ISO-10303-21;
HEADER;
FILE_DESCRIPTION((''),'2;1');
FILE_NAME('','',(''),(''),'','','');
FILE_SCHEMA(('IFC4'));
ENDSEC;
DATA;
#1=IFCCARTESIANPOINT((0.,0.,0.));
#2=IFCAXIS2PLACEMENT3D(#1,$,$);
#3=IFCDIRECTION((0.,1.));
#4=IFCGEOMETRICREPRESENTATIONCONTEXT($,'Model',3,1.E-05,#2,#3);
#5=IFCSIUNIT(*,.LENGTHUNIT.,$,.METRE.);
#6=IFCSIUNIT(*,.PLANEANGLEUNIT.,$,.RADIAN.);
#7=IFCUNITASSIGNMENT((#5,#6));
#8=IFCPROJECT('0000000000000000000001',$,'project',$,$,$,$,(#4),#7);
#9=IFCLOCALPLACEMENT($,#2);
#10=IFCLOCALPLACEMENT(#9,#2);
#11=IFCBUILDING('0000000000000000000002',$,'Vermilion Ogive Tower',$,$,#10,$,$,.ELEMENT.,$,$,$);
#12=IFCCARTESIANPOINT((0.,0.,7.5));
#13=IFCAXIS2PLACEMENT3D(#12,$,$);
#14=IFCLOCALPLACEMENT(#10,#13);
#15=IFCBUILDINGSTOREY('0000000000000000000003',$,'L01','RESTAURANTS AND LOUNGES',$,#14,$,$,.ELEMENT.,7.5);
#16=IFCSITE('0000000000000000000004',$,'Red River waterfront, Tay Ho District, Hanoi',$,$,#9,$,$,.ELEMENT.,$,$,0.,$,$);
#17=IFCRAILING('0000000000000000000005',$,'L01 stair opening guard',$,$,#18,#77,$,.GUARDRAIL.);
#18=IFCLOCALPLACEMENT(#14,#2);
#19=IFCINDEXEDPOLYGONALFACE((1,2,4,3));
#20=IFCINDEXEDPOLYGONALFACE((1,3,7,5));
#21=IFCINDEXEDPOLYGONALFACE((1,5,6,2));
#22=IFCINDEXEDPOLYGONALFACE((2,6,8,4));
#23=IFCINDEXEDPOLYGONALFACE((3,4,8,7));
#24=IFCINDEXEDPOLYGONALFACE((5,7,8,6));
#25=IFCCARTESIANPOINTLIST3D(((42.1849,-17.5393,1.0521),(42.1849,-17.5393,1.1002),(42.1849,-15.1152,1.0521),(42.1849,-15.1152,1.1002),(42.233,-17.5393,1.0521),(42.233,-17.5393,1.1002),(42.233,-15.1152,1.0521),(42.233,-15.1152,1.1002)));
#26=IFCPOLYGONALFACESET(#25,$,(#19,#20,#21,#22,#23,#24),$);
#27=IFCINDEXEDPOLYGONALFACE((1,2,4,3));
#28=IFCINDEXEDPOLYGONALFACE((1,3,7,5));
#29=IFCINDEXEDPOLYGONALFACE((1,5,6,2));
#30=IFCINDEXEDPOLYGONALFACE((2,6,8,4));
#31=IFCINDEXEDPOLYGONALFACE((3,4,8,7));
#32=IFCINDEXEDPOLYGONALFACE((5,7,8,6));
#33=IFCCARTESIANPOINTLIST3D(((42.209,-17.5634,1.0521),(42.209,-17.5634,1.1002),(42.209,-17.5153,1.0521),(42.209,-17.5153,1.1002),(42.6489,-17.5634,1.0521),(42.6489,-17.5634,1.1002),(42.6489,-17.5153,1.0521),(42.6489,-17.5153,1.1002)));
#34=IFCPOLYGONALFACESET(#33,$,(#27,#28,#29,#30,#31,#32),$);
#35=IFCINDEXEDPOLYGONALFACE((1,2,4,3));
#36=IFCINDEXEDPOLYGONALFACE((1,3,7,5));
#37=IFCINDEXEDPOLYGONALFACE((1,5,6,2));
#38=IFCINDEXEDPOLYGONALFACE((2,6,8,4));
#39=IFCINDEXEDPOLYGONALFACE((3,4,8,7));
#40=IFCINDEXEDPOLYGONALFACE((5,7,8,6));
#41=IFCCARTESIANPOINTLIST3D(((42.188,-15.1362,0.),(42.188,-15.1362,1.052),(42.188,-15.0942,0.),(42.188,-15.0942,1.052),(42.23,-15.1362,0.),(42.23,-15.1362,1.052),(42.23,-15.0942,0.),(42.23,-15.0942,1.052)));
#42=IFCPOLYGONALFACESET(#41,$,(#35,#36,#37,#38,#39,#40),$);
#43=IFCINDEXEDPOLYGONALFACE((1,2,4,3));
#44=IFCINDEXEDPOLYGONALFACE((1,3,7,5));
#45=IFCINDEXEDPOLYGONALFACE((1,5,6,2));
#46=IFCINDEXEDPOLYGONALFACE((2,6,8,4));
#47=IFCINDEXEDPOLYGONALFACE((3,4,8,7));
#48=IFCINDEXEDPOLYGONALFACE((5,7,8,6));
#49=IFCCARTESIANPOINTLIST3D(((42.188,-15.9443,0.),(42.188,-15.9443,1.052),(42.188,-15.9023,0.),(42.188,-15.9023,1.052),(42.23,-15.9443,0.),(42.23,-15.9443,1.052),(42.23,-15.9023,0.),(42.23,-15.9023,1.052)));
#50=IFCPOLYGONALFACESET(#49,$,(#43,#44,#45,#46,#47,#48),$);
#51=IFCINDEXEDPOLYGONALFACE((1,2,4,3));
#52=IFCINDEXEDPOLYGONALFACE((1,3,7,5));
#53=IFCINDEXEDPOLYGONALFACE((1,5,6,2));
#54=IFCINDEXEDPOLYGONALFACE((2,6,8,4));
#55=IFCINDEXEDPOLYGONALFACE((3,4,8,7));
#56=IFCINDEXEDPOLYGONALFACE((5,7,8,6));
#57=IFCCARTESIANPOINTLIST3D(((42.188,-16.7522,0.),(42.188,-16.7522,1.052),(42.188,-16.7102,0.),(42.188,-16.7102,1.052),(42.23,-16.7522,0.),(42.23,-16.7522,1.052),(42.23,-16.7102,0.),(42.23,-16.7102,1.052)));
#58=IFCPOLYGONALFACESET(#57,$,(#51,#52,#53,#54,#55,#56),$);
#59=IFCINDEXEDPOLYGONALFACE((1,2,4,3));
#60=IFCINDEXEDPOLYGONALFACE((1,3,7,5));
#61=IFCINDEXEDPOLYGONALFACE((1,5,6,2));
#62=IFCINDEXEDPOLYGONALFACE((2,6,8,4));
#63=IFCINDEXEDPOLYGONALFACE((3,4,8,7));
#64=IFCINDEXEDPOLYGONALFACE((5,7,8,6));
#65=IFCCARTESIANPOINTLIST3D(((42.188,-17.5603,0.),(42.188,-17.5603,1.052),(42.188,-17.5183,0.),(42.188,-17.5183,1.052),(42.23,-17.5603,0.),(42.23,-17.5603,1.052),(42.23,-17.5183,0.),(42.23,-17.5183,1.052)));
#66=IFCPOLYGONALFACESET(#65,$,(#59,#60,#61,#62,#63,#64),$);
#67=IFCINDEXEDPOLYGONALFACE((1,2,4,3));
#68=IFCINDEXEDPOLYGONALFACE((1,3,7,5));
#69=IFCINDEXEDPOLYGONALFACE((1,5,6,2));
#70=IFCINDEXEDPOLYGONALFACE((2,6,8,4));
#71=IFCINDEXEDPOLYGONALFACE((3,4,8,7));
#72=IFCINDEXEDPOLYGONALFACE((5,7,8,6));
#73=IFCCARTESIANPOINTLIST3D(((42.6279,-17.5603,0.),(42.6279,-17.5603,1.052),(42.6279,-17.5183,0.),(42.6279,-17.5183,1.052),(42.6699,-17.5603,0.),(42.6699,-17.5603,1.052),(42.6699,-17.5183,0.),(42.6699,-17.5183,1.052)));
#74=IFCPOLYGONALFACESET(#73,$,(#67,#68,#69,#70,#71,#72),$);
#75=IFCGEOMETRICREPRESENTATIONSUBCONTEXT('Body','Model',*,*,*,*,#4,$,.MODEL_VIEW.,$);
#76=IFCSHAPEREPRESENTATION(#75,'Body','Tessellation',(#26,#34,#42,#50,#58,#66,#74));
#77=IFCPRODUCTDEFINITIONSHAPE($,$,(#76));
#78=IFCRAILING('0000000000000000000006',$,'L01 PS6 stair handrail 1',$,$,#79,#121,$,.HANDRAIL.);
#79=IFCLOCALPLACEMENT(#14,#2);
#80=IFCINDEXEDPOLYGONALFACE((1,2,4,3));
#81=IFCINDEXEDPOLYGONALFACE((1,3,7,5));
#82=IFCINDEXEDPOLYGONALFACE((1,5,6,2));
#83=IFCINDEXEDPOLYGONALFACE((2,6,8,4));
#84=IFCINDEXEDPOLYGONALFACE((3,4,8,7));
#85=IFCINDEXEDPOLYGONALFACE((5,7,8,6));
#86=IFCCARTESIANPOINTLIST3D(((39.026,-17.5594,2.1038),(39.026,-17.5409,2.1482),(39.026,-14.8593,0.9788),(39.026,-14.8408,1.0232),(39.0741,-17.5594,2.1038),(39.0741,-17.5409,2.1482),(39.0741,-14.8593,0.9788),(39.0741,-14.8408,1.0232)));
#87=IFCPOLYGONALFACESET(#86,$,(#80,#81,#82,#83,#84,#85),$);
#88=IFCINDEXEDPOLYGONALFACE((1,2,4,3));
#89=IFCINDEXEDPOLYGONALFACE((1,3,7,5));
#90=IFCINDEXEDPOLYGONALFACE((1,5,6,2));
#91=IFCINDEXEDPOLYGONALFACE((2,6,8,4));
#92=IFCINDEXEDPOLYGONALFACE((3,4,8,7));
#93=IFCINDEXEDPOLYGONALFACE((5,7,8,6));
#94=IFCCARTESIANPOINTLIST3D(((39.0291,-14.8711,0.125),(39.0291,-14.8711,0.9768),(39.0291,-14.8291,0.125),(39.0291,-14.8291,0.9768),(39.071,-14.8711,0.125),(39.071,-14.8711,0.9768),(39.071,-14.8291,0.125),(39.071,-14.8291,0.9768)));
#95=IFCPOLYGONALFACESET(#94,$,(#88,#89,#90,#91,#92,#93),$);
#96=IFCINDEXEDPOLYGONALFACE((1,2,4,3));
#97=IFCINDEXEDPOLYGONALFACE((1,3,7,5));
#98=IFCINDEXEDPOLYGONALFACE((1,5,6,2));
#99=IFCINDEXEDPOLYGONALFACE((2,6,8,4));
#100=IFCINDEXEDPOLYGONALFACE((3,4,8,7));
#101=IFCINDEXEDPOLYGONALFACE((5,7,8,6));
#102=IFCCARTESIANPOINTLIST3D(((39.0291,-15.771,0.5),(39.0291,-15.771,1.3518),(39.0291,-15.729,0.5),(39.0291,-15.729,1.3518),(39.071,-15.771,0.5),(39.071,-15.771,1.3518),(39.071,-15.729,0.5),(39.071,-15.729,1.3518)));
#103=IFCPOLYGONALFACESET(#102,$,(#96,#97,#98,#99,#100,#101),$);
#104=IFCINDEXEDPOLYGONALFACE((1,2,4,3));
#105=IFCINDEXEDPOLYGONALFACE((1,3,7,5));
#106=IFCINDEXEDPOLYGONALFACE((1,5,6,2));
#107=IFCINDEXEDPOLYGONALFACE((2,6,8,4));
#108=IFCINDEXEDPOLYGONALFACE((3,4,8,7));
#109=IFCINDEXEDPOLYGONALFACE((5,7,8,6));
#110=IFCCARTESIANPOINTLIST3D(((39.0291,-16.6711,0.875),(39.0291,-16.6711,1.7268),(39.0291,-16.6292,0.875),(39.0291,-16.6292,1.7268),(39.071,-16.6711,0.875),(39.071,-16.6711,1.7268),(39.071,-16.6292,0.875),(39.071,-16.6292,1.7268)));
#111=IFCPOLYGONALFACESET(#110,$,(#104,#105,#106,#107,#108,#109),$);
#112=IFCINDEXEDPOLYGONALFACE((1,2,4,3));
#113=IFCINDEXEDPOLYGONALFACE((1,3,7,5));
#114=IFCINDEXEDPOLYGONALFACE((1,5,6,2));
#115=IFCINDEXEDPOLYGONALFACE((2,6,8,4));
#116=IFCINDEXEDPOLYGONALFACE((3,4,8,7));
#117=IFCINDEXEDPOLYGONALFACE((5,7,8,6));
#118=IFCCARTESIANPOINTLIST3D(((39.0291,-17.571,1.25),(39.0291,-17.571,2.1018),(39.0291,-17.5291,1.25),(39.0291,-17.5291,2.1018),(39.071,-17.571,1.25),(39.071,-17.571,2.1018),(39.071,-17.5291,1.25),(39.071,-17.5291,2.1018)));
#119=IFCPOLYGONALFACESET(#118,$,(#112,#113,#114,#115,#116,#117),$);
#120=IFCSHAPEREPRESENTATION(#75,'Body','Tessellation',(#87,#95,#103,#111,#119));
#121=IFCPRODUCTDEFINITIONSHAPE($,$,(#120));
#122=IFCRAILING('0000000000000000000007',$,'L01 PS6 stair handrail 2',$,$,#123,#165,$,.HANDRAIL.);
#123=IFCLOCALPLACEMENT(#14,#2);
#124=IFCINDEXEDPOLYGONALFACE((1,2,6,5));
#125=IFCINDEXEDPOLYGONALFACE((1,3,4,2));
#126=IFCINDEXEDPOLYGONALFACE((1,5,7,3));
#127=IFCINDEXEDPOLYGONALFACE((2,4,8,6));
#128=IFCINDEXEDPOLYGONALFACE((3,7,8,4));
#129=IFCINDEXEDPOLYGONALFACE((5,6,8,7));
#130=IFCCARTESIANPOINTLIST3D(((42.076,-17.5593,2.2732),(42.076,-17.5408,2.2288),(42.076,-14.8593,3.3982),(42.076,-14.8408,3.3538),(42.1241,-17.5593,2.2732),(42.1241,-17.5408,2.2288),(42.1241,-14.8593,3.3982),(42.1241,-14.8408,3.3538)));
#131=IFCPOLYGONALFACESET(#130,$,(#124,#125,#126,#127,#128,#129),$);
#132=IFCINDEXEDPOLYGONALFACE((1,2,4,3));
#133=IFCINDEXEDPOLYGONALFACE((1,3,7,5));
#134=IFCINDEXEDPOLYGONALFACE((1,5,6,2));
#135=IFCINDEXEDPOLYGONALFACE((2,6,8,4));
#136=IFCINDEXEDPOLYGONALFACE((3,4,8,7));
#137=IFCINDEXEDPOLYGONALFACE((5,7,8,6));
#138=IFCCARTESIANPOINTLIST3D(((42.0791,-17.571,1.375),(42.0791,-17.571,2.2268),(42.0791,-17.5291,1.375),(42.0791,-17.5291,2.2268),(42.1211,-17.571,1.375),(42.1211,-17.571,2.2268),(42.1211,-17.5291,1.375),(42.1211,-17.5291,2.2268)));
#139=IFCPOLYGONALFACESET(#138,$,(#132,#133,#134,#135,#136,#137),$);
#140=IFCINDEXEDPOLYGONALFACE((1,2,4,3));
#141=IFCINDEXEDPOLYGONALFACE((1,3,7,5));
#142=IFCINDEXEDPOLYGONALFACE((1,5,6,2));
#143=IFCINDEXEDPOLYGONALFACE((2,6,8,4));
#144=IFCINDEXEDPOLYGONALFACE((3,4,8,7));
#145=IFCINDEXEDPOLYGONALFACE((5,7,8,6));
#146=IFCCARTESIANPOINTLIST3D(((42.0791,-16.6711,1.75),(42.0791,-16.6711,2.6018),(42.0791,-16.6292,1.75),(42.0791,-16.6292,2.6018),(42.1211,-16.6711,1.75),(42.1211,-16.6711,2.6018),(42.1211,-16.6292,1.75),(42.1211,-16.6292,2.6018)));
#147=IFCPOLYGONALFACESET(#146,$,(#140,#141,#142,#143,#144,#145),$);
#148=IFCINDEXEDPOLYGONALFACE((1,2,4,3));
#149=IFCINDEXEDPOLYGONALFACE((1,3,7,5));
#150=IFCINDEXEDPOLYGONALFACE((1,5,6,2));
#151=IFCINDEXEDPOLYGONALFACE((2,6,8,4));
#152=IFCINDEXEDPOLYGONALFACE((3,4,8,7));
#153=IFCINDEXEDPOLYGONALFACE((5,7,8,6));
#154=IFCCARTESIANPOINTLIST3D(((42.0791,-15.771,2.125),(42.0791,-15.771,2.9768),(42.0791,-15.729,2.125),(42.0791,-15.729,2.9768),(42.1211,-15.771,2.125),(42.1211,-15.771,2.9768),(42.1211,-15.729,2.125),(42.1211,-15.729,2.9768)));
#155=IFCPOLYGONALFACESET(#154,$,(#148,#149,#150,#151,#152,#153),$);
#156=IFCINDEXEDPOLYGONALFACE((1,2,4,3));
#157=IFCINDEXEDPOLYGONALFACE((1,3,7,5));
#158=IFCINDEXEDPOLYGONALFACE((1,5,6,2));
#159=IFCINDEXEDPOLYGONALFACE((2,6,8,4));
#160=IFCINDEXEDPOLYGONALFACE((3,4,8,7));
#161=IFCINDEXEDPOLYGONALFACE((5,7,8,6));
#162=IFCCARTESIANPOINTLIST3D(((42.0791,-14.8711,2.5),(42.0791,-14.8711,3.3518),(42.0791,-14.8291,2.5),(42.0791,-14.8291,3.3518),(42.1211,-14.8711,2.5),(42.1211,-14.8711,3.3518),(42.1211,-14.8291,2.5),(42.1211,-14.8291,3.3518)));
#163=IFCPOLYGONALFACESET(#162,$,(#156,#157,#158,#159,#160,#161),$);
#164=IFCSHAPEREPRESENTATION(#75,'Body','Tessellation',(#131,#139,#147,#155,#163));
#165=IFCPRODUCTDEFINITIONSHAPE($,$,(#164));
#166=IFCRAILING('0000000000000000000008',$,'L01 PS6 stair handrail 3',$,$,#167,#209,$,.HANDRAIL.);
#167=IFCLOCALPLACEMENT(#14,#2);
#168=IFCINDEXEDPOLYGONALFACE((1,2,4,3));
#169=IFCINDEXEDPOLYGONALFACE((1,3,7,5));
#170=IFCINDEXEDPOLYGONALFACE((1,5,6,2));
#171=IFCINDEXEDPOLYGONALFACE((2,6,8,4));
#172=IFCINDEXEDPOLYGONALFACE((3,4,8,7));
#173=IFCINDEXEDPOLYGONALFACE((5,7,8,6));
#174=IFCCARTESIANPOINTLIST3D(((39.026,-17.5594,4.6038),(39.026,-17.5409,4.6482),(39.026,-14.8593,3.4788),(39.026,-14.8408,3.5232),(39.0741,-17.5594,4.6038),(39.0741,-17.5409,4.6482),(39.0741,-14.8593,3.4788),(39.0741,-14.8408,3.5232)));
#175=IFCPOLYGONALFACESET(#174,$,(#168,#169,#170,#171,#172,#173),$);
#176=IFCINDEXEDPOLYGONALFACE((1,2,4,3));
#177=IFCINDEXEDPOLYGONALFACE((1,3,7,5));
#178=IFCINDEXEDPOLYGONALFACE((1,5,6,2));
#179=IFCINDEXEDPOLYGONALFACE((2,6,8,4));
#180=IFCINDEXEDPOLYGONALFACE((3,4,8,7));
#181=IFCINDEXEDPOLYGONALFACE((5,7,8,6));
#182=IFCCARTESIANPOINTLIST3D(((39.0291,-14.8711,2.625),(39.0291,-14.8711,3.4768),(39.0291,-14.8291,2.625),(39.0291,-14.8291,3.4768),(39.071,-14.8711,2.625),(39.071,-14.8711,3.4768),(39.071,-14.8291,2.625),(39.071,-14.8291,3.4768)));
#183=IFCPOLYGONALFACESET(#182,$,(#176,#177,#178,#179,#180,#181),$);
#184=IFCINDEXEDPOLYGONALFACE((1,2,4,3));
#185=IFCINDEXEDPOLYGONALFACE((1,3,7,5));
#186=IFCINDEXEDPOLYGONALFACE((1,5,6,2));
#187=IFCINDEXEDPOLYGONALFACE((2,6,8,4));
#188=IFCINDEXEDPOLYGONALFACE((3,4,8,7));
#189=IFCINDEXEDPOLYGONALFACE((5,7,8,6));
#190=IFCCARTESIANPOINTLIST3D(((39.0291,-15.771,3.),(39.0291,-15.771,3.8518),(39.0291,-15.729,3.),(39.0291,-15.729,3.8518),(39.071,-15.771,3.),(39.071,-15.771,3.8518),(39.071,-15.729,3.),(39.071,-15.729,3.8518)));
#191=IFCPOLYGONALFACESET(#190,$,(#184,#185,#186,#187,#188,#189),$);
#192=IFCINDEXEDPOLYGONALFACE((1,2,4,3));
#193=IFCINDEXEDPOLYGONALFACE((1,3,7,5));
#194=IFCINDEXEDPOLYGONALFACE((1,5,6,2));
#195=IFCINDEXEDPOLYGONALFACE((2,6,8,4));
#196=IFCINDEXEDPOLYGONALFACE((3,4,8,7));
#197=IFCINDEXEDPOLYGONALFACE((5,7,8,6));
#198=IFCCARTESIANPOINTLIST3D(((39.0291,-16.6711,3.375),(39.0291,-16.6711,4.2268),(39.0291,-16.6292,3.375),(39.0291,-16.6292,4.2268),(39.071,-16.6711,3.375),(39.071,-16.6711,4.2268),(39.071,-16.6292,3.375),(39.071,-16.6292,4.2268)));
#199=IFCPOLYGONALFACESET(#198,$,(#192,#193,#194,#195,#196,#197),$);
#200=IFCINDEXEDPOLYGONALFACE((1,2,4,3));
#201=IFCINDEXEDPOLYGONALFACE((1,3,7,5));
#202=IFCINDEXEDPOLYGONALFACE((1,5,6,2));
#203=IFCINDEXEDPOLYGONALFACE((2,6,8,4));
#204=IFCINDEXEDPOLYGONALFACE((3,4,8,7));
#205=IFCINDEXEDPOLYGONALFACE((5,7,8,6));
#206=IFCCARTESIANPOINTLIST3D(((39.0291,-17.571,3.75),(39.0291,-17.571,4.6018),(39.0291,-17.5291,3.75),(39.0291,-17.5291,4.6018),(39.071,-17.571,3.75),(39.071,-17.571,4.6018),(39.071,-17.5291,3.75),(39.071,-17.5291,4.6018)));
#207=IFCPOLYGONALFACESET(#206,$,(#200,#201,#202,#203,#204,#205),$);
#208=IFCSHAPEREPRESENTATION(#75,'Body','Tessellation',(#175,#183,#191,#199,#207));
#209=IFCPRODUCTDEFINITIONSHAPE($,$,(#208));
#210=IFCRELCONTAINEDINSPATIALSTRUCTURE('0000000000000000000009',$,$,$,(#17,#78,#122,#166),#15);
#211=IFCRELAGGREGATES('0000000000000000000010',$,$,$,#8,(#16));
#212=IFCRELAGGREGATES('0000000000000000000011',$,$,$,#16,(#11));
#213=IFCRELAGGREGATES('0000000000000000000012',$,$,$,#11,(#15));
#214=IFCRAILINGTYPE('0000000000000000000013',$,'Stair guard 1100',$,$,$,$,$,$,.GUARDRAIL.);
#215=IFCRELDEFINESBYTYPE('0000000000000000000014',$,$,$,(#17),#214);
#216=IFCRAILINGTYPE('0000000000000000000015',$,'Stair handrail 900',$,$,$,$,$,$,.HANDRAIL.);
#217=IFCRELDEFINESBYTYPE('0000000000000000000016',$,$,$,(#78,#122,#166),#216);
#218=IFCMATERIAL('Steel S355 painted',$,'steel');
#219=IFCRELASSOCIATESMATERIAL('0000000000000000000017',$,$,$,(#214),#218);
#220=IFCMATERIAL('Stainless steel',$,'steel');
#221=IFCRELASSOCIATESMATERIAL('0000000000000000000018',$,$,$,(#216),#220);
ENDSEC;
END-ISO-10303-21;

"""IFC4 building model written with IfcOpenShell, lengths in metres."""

from ifc_helpers import new_model, si_unit, direction, frame, origin, origin_2d, place, context, subcontext, project, spatial, rectangle, extrude, material, type_object, element, save


model = new_model("IFC4")

# Units and contexts
model_context = context("Model", 3, precision=1e-05, world=origin(), true_north=direction((0.0, 1.0)))
body_context = subcontext(model_context, "Body", "Model", "MODEL_VIEW")
ifc_project = project(units=[si_unit("LENGTHUNIT", "METRE"), si_unit("PLANEANGLEUNIT", "RADIAN")], contexts=[model_context])

# Site, building, storey
site_placement = place(None, origin())
site = spatial("IfcSite", under=ifc_project, at=site_placement, Name="Red River waterfront, Tay Ho District, Hanoi", CompositionType="ELEMENT", RefElevation=0.0)
building_placement = place(site_placement, origin())
building = spatial("IfcBuilding", under=site, at=building_placement, Name="Vermilion Ogive Tower", CompositionType="ELEMENT")
storey_placement = place(building_placement, frame((0.0, 0.0, 7.5)))
storey = spatial("IfcBuildingStorey", under=building, at=storey_placement, Name="L01", Description="RESTAURANTS AND LOUNGES", CompositionType="ELEMENT", Elevation=7.5)

# Railings
ifc_material_1 = material(Name="Steel S355 painted", Category="steel")
railing_type_1 = type_object("IfcRailingType", Name="Stair guard 1100", PredefinedType="GUARDRAIL", material=ifc_material_1)
railing_1_placement = place(storey_placement, frame((42.209, -15.1152, 0.0)))
element("IfcRailing", 1, at=railing_1_placement, inside=storey, type_object=railing_type_1, Name="L01 stair opening guard", PredefinedType="GUARDRAIL", context=body_context, shape_type="SweptSolid", body=[
    extrude(rectangle(XDim=0.0481, YDim=0.0481, at=origin_2d()), frame((0.0, 0.0, 1.0762), z_axis=(0.0, -1.0, 0.0), x_axis=(1.0, 0.0, 0.0)), (0.0, 0.0, 1.0), 2.4241),
    extrude(rectangle(XDim=0.0481, YDim=0.0481, at=origin_2d()), frame((0.0, -2.4241, 1.0762), z_axis=(1.0, 0.0, 0.0), x_axis=(0.0, 1.0, 0.0)), (0.0, 0.0, 1.0), 0.4399),
    extrude(rectangle(XDim=0.042, YDim=0.042, at=origin_2d()), origin(), (0.0, 0.0, 1.0), 1.052),
    extrude(rectangle(XDim=0.042, YDim=0.042, at=origin_2d()), frame((0.0, -0.8081, 0.0)), (0.0, 0.0, 1.0), 1.052),
    extrude(rectangle(XDim=0.042, YDim=0.042, at=origin_2d()), frame((0.0, -1.616, 0.0)), (0.0, 0.0, 1.0), 1.052),
    extrude(rectangle(XDim=0.042, YDim=0.042, at=origin_2d()), frame((0.0, -2.4241, 0.0)), (0.0, 0.0, 1.0), 1.052),
    extrude(rectangle(XDim=0.042, YDim=0.042, at=origin_2d()), frame((0.4399, -2.4241, 0.0)), (0.0, 0.0, 1.0), 1.052),
])
ifc_material_2 = material(Name="Stainless steel", Category="steel")
railing_type_2 = type_object("IfcRailingType", Name="Stair handrail 900", PredefinedType="HANDRAIL", material=ifc_material_2)
railing_2_placement = place(storey_placement, frame((39.05, -14.8501, 0.125)))
element("IfcRailing", 2, at=railing_2_placement, inside=storey, type_object=railing_type_2, Name="L01 PS6 stair handrail 1", PredefinedType="HANDRAIL", context=body_context, shape_type="SweptSolid", body=[
    extrude(rectangle(XDim=0.0481, YDim=0.0481, at=origin_2d()), frame((0.0, 0.0, 0.876), z_axis=(0.0, -0.923074, 0.384621), x_axis=(1.0, 0.0, 0.0)), (0.0, 0.0, 1.0), 2.925),
    extrude(rectangle(XDim=0.042, YDim=0.042, at=origin_2d()), origin(), (0.0, 0.0, 1.0), 0.8518),
    extrude(rectangle(XDim=0.042, YDim=0.042, at=origin_2d()), frame((0.0, -0.8999, 0.375)), (0.0, 0.0, 1.0), 0.8518),
    extrude(rectangle(XDim=0.042, YDim=0.042, at=origin_2d()), frame((0.0, -1.8, 0.75)), (0.0, 0.0, 1.0), 0.8518),
    extrude(rectangle(XDim=0.042, YDim=0.042, at=origin_2d()), frame((0.0, -2.7, 1.125)), (0.0, 0.0, 1.0), 0.8518),
])
railing_3_placement = place(storey_placement, frame((42.1001, -17.55, 1.375)))
element("IfcRailing", 3, at=railing_3_placement, inside=storey, type_object=railing_type_2, Name="L01 PS6 stair handrail 2", PredefinedType="HANDRAIL", context=body_context, shape_type="SweptSolid", body=[
    extrude(rectangle(XDim=0.0481, YDim=0.0481, at=origin_2d()), frame((0.0, 0.0, 0.876), z_axis=(0.0, 0.923074, 0.384621), x_axis=(-1.0, 0.0, 0.0)), (0.0, 0.0, 1.0), 2.925),
    extrude(rectangle(XDim=0.042, YDim=0.042, at=origin_2d()), origin(), (0.0, 0.0, 1.0), 0.8518),
    extrude(rectangle(XDim=0.042, YDim=0.042, at=origin_2d()), frame((0.0, 0.8999, 0.375)), (0.0, 0.0, 1.0), 0.8518),
    extrude(rectangle(XDim=0.042, YDim=0.042, at=origin_2d()), frame((0.0, 1.8, 0.75)), (0.0, 0.0, 1.0), 0.8518),
    extrude(rectangle(XDim=0.042, YDim=0.042, at=origin_2d()), frame((0.0, 2.7, 1.125)), (0.0, 0.0, 1.0), 0.8518),
])
railing_4_placement = place(storey_placement, frame((39.05, -14.8501, 2.625)))
element("IfcRailing", 4, at=railing_4_placement, inside=storey, type_object=railing_type_2, Name="L01 PS6 stair handrail 3", PredefinedType="HANDRAIL", context=body_context, shape_type="SweptSolid", body=[
    extrude(rectangle(XDim=0.0481, YDim=0.0481, at=origin_2d()), frame((0.0, 0.0, 0.876), z_axis=(0.0, -0.923074, 0.384621), x_axis=(1.0, 0.0, 0.0)), (0.0, 0.0, 1.0), 2.925),
    extrude(rectangle(XDim=0.042, YDim=0.042, at=origin_2d()), origin(), (0.0, 0.0, 1.0), 0.8518),
    extrude(rectangle(XDim=0.042, YDim=0.042, at=origin_2d()), frame((0.0, -0.8999, 0.375)), (0.0, 0.0, 1.0), 0.8518),
    extrude(rectangle(XDim=0.042, YDim=0.042, at=origin_2d()), frame((0.0, -1.8, 0.75)), (0.0, 0.0, 1.0), 0.8518),
    extrude(rectangle(XDim=0.042, YDim=0.042, at=origin_2d()), frame((0.0, -2.7, 1.125)), (0.0, 0.0, 1.0), 0.8518),
])

save(model, "model.ifc")
